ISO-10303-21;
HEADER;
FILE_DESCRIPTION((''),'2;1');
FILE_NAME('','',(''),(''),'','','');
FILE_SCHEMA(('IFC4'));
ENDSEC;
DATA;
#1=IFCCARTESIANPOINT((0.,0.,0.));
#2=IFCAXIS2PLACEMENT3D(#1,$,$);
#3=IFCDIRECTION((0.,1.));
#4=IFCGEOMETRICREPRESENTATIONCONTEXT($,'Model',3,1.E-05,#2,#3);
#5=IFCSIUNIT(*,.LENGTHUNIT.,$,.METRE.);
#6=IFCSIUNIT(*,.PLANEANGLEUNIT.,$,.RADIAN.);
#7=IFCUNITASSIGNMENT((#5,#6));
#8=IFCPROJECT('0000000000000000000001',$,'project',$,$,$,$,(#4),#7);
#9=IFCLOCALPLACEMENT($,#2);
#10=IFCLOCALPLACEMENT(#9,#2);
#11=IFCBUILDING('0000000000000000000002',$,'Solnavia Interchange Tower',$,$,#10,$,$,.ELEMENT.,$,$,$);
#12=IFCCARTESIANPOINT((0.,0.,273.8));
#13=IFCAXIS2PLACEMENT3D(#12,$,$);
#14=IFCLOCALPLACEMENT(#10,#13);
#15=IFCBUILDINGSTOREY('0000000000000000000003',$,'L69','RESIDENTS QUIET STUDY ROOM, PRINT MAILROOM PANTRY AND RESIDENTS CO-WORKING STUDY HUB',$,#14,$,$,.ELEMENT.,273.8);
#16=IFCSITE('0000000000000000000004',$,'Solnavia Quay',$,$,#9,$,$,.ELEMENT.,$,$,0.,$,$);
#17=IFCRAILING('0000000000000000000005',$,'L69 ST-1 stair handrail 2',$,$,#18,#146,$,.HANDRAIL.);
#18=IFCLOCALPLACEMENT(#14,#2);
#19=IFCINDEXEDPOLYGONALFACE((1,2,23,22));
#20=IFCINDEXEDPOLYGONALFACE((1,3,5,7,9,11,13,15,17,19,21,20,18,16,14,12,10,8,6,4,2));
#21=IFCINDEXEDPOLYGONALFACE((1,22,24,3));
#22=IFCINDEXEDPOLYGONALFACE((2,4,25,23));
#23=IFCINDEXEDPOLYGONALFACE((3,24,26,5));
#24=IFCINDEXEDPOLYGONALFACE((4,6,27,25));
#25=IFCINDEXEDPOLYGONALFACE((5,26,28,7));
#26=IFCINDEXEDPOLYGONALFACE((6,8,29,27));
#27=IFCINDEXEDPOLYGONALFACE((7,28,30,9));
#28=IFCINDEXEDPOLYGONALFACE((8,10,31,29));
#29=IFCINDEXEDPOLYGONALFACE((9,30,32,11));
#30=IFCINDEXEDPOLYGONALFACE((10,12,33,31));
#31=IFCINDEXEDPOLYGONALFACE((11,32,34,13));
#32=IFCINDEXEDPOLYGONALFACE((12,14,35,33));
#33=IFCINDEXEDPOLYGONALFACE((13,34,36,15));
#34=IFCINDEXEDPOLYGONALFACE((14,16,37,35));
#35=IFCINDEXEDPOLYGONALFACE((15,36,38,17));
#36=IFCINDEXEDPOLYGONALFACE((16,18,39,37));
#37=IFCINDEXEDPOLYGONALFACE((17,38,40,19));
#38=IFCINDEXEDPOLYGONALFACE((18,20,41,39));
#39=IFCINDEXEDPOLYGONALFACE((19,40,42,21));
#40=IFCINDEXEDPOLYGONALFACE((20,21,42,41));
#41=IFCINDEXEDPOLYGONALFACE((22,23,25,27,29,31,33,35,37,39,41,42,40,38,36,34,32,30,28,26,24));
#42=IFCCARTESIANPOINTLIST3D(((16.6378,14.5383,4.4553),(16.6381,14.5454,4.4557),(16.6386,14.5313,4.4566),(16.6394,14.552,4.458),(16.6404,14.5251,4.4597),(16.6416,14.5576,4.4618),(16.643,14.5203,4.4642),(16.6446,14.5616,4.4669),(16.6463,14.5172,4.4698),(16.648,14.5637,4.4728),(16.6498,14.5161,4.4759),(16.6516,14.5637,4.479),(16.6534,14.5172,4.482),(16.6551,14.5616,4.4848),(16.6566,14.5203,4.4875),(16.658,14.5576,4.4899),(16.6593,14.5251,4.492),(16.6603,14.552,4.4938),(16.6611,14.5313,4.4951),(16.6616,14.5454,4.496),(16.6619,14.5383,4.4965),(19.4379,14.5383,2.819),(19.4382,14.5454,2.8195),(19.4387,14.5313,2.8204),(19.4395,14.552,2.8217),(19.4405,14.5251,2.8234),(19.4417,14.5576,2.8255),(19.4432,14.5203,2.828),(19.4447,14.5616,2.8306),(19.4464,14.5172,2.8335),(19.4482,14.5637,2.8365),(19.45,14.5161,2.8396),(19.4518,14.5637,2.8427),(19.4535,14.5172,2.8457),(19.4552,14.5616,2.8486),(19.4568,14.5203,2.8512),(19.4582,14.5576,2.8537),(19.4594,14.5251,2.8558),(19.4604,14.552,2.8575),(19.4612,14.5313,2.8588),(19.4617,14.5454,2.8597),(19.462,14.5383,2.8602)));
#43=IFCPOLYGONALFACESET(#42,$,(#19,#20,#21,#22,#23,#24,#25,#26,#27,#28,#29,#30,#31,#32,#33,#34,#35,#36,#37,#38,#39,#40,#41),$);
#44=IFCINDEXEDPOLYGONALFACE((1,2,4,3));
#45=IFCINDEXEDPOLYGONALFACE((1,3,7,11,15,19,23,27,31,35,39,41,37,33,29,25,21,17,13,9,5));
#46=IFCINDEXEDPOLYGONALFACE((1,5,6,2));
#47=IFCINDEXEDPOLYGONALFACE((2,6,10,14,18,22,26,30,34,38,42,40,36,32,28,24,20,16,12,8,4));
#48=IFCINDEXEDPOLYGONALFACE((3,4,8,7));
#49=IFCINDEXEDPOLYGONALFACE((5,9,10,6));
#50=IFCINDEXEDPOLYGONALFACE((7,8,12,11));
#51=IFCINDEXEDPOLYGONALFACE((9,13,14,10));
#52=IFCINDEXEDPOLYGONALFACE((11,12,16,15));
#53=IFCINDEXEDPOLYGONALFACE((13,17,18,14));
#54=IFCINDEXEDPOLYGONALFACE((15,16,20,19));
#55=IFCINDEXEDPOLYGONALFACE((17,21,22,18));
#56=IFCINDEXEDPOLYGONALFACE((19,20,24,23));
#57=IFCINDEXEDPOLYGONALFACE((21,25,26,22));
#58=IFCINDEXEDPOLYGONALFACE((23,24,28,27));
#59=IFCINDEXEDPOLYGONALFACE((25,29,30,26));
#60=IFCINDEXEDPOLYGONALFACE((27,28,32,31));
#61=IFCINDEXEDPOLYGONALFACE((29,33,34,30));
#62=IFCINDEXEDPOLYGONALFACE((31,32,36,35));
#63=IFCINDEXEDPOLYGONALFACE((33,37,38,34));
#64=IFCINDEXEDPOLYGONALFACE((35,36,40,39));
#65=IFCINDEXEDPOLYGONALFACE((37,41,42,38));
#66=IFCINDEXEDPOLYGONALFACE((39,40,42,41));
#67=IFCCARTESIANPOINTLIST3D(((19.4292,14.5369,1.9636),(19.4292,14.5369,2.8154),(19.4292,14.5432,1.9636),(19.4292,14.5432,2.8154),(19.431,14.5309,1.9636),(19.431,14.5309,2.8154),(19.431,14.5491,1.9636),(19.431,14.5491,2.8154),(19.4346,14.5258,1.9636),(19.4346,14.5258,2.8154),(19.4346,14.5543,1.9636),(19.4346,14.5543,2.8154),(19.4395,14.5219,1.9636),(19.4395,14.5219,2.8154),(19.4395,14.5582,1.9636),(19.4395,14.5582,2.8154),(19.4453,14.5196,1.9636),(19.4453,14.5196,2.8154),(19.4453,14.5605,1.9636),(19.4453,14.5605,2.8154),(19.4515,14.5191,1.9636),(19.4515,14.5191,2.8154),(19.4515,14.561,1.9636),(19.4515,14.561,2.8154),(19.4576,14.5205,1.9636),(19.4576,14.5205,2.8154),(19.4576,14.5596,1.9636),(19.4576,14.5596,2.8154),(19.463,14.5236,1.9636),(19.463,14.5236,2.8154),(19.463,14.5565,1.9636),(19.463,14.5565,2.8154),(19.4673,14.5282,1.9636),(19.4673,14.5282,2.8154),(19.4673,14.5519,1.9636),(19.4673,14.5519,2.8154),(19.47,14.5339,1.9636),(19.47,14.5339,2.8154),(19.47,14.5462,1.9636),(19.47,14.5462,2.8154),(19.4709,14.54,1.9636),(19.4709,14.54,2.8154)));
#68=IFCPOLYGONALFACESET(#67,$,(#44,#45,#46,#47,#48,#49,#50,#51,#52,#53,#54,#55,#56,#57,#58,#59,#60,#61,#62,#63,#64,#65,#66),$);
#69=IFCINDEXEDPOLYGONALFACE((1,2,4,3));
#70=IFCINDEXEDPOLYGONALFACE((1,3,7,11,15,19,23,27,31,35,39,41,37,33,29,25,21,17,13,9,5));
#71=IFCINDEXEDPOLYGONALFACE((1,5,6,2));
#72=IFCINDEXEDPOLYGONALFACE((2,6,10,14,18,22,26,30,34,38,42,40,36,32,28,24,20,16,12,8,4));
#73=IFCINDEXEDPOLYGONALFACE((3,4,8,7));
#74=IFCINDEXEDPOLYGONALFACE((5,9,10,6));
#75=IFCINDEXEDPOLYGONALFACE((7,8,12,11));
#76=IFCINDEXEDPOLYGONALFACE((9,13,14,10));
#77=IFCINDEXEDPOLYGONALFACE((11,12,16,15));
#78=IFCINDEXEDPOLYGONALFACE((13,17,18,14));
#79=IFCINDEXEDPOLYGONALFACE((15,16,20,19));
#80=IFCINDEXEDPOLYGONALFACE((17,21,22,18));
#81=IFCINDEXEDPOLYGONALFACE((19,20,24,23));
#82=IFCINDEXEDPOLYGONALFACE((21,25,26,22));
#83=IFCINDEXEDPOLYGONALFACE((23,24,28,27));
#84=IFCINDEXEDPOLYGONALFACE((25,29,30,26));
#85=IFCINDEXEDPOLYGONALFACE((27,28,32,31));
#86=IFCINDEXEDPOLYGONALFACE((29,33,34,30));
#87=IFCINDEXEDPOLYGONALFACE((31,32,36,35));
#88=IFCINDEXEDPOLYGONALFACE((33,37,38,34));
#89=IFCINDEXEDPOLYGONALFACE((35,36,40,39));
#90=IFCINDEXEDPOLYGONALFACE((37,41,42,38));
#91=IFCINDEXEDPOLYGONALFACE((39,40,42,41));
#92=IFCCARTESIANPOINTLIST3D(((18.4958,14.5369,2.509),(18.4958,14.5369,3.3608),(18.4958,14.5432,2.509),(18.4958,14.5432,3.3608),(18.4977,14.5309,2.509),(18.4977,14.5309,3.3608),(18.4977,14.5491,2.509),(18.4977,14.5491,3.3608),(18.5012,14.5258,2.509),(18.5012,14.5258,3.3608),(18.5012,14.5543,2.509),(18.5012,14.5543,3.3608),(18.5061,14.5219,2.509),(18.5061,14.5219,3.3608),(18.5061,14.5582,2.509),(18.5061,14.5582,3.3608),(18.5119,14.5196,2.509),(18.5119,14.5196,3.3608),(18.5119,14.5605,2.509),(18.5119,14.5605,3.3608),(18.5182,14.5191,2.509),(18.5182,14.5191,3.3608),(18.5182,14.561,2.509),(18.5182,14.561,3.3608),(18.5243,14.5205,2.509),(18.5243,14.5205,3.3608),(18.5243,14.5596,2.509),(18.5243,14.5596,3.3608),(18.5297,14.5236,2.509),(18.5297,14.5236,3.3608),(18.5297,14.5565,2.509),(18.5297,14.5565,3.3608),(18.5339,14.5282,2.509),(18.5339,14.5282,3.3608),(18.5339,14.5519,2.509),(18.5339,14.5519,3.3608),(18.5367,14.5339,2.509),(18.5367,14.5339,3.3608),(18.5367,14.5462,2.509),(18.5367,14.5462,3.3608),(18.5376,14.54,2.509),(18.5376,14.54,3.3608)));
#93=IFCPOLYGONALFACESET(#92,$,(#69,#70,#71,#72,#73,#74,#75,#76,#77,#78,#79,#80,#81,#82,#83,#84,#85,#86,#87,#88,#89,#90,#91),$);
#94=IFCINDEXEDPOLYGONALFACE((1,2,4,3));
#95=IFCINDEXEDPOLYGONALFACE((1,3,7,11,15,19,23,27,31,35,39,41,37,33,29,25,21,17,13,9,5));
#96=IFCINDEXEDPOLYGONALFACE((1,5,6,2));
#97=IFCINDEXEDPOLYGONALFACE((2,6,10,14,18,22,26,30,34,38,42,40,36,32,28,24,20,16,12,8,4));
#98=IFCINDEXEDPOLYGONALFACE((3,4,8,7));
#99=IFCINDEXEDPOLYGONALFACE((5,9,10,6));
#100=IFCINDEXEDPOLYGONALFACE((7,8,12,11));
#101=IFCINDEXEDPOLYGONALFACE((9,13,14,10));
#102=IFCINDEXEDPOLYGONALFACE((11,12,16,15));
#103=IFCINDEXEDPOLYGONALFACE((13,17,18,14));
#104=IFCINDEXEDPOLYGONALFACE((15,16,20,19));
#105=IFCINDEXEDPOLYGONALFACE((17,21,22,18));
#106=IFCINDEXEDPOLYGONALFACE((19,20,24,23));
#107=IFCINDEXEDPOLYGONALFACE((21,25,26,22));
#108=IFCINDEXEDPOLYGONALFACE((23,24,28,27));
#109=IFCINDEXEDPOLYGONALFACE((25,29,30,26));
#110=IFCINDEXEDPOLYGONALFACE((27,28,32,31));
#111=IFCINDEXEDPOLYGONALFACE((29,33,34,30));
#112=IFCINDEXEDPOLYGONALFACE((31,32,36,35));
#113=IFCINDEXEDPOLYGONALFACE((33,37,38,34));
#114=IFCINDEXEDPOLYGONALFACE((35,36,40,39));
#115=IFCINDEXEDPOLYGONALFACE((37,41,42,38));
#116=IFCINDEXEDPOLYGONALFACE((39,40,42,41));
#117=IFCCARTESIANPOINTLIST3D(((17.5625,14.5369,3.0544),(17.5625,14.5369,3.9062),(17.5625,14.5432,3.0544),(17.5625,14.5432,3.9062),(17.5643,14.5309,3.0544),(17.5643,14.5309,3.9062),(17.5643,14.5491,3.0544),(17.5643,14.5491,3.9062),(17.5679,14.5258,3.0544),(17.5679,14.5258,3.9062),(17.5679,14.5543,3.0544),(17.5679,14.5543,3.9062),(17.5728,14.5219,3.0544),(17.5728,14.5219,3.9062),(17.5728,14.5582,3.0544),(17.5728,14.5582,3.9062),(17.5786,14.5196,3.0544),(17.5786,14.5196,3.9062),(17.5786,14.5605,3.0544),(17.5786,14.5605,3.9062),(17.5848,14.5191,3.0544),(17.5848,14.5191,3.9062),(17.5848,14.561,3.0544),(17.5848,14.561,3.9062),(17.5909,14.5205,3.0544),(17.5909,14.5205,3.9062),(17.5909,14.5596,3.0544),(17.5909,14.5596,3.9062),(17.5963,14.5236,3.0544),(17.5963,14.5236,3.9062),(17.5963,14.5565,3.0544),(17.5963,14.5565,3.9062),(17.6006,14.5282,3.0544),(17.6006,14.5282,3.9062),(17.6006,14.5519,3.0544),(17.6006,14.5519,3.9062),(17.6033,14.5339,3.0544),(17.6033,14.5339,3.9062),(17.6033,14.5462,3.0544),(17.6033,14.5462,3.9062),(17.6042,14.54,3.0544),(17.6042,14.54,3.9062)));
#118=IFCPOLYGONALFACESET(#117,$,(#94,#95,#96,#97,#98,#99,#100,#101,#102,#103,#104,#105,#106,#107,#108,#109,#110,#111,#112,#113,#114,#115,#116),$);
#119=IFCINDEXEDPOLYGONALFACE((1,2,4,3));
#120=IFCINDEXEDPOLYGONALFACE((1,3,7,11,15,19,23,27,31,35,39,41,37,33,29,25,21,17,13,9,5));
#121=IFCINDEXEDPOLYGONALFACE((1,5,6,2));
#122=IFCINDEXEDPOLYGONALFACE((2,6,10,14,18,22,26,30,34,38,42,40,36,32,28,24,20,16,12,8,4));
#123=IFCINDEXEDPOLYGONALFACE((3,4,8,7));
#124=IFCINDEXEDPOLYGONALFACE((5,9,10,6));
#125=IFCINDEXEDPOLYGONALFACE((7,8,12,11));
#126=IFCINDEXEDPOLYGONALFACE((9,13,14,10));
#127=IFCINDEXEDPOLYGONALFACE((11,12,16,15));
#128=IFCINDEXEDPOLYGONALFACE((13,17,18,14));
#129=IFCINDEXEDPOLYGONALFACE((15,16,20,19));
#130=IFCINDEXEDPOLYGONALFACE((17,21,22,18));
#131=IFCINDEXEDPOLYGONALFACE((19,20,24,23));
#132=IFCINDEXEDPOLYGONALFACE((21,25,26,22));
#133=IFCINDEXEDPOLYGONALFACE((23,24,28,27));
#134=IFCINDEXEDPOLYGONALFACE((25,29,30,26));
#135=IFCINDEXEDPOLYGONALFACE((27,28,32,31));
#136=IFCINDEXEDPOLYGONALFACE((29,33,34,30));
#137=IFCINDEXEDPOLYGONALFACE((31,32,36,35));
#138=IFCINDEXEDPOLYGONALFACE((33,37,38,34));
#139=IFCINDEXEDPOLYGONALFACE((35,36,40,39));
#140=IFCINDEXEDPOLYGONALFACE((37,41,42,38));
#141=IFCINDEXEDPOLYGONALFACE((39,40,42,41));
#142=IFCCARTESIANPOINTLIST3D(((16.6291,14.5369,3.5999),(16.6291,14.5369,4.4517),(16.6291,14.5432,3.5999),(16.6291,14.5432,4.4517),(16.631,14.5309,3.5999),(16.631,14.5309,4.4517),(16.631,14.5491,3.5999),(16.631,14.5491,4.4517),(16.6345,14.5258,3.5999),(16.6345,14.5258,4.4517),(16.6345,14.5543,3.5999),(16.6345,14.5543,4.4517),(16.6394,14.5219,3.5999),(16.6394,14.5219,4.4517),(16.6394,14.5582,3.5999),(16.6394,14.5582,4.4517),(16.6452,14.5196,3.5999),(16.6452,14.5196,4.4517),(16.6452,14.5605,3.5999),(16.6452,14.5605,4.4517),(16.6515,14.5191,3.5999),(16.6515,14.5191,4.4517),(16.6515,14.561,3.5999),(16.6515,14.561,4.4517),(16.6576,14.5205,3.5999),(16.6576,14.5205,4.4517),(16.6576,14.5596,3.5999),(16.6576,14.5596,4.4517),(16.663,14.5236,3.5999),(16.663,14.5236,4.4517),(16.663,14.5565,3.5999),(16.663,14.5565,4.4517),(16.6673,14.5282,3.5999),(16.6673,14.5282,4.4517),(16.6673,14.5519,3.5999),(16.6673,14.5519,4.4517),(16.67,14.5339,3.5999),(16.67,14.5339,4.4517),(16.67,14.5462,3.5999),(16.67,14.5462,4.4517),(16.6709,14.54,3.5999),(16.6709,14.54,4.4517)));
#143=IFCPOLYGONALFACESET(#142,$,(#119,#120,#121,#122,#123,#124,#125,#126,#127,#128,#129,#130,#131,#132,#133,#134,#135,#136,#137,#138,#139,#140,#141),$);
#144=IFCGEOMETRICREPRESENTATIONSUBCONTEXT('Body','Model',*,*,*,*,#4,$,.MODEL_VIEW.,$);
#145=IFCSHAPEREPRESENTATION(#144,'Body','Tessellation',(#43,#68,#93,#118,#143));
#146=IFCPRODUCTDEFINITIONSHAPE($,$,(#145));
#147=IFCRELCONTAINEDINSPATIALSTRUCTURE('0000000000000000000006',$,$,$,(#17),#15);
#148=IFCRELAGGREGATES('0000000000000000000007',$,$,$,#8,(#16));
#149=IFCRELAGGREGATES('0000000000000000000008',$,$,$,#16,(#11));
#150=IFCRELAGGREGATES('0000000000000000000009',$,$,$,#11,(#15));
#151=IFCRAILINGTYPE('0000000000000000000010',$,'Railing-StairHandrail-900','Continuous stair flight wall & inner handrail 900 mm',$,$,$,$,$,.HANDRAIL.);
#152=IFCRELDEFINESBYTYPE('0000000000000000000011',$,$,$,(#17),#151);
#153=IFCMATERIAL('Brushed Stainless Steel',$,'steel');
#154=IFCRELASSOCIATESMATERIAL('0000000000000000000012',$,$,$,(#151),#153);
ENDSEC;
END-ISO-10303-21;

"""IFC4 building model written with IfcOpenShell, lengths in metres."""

from ifc_helpers import new_model, si_unit, direction, frame, origin, origin_2d, place, context, subcontext, project, spatial, circle, extrude, material, type_object, element, save


model = new_model("IFC4")

# Units and contexts
model_context = context("Model", 3, precision=1e-05, world=origin(), true_north=direction((0.0, 1.0)))
body_context = subcontext(model_context, "Body", "Model", "MODEL_VIEW")
ifc_project = project(units=[si_unit("LENGTHUNIT", "METRE"), si_unit("PLANEANGLEUNIT", "RADIAN")], contexts=[model_context])

# Site, building, storey
site_placement = place(None, origin())
site = spatial("IfcSite", under=ifc_project, at=site_placement, Name="Solnavia Quay", CompositionType="ELEMENT", RefElevation=0.0)
building_placement = place(site_placement, origin())
building = spatial("IfcBuilding", under=site, at=building_placement, Name="Solnavia Interchange Tower", CompositionType="ELEMENT")
storey_placement = place(building_placement, frame((0.0, 0.0, 273.8)))
storey = spatial("IfcBuildingStorey", under=building, at=storey_placement, Name="L69", Description="RESIDENTS QUIET STUDY ROOM, PRINT MAILROOM PANTRY AND RESIDENTS CO-WORKING STUDY HUB", CompositionType="ELEMENT", Elevation=273.8)

# Railing
ifc_material_1 = material(Name="Brushed Stainless Steel", Category="steel")
railing_type_1 = type_object("IfcRailingType", Name="Railing-StairHandrail-900", Description="Continuous stair flight wall & inner handrail 900 mm", PredefinedType="HANDRAIL", material=ifc_material_1)
railing_1_placement = place(storey_placement, frame((19.45, 14.54, 1.9636)))
element("IfcRailing", 1, at=railing_1_placement, inside=storey, type_object=railing_type_1, Name="L69 ST-1 stair handrail 2", PredefinedType="HANDRAIL", context=body_context, shape_type="SweptSolid", body=[
    extrude(circle(Radius=0.0239, at=origin_2d()), frame((0.0, 0.0, 0.876), z_axis=(-0.863394, 0.0, 0.504531), x_axis=(0.0, -1.0, 0.0)), (0.0, 0.0, 1.0), 3.2432),
    extrude(circle(Radius=0.021, at=origin_2d()), origin(), (0.0, 0.0, 1.0), 0.8518),
    extrude(circle(Radius=0.021, at=origin_2d()), frame((-0.9333, 0.0, 0.5454)), (0.0, 0.0, 1.0), 0.8518),
    extrude(circle(Radius=0.021, at=origin_2d()), frame((-1.8667, 0.0, 1.0908)), (0.0, 0.0, 1.0), 0.8518),
    extrude(circle(Radius=0.021, at=origin_2d()), frame((-2.8, 0.0, 1.6362)), (0.0, 0.0, 1.0), 0.8518),
])

save(model, "model.ifc")
